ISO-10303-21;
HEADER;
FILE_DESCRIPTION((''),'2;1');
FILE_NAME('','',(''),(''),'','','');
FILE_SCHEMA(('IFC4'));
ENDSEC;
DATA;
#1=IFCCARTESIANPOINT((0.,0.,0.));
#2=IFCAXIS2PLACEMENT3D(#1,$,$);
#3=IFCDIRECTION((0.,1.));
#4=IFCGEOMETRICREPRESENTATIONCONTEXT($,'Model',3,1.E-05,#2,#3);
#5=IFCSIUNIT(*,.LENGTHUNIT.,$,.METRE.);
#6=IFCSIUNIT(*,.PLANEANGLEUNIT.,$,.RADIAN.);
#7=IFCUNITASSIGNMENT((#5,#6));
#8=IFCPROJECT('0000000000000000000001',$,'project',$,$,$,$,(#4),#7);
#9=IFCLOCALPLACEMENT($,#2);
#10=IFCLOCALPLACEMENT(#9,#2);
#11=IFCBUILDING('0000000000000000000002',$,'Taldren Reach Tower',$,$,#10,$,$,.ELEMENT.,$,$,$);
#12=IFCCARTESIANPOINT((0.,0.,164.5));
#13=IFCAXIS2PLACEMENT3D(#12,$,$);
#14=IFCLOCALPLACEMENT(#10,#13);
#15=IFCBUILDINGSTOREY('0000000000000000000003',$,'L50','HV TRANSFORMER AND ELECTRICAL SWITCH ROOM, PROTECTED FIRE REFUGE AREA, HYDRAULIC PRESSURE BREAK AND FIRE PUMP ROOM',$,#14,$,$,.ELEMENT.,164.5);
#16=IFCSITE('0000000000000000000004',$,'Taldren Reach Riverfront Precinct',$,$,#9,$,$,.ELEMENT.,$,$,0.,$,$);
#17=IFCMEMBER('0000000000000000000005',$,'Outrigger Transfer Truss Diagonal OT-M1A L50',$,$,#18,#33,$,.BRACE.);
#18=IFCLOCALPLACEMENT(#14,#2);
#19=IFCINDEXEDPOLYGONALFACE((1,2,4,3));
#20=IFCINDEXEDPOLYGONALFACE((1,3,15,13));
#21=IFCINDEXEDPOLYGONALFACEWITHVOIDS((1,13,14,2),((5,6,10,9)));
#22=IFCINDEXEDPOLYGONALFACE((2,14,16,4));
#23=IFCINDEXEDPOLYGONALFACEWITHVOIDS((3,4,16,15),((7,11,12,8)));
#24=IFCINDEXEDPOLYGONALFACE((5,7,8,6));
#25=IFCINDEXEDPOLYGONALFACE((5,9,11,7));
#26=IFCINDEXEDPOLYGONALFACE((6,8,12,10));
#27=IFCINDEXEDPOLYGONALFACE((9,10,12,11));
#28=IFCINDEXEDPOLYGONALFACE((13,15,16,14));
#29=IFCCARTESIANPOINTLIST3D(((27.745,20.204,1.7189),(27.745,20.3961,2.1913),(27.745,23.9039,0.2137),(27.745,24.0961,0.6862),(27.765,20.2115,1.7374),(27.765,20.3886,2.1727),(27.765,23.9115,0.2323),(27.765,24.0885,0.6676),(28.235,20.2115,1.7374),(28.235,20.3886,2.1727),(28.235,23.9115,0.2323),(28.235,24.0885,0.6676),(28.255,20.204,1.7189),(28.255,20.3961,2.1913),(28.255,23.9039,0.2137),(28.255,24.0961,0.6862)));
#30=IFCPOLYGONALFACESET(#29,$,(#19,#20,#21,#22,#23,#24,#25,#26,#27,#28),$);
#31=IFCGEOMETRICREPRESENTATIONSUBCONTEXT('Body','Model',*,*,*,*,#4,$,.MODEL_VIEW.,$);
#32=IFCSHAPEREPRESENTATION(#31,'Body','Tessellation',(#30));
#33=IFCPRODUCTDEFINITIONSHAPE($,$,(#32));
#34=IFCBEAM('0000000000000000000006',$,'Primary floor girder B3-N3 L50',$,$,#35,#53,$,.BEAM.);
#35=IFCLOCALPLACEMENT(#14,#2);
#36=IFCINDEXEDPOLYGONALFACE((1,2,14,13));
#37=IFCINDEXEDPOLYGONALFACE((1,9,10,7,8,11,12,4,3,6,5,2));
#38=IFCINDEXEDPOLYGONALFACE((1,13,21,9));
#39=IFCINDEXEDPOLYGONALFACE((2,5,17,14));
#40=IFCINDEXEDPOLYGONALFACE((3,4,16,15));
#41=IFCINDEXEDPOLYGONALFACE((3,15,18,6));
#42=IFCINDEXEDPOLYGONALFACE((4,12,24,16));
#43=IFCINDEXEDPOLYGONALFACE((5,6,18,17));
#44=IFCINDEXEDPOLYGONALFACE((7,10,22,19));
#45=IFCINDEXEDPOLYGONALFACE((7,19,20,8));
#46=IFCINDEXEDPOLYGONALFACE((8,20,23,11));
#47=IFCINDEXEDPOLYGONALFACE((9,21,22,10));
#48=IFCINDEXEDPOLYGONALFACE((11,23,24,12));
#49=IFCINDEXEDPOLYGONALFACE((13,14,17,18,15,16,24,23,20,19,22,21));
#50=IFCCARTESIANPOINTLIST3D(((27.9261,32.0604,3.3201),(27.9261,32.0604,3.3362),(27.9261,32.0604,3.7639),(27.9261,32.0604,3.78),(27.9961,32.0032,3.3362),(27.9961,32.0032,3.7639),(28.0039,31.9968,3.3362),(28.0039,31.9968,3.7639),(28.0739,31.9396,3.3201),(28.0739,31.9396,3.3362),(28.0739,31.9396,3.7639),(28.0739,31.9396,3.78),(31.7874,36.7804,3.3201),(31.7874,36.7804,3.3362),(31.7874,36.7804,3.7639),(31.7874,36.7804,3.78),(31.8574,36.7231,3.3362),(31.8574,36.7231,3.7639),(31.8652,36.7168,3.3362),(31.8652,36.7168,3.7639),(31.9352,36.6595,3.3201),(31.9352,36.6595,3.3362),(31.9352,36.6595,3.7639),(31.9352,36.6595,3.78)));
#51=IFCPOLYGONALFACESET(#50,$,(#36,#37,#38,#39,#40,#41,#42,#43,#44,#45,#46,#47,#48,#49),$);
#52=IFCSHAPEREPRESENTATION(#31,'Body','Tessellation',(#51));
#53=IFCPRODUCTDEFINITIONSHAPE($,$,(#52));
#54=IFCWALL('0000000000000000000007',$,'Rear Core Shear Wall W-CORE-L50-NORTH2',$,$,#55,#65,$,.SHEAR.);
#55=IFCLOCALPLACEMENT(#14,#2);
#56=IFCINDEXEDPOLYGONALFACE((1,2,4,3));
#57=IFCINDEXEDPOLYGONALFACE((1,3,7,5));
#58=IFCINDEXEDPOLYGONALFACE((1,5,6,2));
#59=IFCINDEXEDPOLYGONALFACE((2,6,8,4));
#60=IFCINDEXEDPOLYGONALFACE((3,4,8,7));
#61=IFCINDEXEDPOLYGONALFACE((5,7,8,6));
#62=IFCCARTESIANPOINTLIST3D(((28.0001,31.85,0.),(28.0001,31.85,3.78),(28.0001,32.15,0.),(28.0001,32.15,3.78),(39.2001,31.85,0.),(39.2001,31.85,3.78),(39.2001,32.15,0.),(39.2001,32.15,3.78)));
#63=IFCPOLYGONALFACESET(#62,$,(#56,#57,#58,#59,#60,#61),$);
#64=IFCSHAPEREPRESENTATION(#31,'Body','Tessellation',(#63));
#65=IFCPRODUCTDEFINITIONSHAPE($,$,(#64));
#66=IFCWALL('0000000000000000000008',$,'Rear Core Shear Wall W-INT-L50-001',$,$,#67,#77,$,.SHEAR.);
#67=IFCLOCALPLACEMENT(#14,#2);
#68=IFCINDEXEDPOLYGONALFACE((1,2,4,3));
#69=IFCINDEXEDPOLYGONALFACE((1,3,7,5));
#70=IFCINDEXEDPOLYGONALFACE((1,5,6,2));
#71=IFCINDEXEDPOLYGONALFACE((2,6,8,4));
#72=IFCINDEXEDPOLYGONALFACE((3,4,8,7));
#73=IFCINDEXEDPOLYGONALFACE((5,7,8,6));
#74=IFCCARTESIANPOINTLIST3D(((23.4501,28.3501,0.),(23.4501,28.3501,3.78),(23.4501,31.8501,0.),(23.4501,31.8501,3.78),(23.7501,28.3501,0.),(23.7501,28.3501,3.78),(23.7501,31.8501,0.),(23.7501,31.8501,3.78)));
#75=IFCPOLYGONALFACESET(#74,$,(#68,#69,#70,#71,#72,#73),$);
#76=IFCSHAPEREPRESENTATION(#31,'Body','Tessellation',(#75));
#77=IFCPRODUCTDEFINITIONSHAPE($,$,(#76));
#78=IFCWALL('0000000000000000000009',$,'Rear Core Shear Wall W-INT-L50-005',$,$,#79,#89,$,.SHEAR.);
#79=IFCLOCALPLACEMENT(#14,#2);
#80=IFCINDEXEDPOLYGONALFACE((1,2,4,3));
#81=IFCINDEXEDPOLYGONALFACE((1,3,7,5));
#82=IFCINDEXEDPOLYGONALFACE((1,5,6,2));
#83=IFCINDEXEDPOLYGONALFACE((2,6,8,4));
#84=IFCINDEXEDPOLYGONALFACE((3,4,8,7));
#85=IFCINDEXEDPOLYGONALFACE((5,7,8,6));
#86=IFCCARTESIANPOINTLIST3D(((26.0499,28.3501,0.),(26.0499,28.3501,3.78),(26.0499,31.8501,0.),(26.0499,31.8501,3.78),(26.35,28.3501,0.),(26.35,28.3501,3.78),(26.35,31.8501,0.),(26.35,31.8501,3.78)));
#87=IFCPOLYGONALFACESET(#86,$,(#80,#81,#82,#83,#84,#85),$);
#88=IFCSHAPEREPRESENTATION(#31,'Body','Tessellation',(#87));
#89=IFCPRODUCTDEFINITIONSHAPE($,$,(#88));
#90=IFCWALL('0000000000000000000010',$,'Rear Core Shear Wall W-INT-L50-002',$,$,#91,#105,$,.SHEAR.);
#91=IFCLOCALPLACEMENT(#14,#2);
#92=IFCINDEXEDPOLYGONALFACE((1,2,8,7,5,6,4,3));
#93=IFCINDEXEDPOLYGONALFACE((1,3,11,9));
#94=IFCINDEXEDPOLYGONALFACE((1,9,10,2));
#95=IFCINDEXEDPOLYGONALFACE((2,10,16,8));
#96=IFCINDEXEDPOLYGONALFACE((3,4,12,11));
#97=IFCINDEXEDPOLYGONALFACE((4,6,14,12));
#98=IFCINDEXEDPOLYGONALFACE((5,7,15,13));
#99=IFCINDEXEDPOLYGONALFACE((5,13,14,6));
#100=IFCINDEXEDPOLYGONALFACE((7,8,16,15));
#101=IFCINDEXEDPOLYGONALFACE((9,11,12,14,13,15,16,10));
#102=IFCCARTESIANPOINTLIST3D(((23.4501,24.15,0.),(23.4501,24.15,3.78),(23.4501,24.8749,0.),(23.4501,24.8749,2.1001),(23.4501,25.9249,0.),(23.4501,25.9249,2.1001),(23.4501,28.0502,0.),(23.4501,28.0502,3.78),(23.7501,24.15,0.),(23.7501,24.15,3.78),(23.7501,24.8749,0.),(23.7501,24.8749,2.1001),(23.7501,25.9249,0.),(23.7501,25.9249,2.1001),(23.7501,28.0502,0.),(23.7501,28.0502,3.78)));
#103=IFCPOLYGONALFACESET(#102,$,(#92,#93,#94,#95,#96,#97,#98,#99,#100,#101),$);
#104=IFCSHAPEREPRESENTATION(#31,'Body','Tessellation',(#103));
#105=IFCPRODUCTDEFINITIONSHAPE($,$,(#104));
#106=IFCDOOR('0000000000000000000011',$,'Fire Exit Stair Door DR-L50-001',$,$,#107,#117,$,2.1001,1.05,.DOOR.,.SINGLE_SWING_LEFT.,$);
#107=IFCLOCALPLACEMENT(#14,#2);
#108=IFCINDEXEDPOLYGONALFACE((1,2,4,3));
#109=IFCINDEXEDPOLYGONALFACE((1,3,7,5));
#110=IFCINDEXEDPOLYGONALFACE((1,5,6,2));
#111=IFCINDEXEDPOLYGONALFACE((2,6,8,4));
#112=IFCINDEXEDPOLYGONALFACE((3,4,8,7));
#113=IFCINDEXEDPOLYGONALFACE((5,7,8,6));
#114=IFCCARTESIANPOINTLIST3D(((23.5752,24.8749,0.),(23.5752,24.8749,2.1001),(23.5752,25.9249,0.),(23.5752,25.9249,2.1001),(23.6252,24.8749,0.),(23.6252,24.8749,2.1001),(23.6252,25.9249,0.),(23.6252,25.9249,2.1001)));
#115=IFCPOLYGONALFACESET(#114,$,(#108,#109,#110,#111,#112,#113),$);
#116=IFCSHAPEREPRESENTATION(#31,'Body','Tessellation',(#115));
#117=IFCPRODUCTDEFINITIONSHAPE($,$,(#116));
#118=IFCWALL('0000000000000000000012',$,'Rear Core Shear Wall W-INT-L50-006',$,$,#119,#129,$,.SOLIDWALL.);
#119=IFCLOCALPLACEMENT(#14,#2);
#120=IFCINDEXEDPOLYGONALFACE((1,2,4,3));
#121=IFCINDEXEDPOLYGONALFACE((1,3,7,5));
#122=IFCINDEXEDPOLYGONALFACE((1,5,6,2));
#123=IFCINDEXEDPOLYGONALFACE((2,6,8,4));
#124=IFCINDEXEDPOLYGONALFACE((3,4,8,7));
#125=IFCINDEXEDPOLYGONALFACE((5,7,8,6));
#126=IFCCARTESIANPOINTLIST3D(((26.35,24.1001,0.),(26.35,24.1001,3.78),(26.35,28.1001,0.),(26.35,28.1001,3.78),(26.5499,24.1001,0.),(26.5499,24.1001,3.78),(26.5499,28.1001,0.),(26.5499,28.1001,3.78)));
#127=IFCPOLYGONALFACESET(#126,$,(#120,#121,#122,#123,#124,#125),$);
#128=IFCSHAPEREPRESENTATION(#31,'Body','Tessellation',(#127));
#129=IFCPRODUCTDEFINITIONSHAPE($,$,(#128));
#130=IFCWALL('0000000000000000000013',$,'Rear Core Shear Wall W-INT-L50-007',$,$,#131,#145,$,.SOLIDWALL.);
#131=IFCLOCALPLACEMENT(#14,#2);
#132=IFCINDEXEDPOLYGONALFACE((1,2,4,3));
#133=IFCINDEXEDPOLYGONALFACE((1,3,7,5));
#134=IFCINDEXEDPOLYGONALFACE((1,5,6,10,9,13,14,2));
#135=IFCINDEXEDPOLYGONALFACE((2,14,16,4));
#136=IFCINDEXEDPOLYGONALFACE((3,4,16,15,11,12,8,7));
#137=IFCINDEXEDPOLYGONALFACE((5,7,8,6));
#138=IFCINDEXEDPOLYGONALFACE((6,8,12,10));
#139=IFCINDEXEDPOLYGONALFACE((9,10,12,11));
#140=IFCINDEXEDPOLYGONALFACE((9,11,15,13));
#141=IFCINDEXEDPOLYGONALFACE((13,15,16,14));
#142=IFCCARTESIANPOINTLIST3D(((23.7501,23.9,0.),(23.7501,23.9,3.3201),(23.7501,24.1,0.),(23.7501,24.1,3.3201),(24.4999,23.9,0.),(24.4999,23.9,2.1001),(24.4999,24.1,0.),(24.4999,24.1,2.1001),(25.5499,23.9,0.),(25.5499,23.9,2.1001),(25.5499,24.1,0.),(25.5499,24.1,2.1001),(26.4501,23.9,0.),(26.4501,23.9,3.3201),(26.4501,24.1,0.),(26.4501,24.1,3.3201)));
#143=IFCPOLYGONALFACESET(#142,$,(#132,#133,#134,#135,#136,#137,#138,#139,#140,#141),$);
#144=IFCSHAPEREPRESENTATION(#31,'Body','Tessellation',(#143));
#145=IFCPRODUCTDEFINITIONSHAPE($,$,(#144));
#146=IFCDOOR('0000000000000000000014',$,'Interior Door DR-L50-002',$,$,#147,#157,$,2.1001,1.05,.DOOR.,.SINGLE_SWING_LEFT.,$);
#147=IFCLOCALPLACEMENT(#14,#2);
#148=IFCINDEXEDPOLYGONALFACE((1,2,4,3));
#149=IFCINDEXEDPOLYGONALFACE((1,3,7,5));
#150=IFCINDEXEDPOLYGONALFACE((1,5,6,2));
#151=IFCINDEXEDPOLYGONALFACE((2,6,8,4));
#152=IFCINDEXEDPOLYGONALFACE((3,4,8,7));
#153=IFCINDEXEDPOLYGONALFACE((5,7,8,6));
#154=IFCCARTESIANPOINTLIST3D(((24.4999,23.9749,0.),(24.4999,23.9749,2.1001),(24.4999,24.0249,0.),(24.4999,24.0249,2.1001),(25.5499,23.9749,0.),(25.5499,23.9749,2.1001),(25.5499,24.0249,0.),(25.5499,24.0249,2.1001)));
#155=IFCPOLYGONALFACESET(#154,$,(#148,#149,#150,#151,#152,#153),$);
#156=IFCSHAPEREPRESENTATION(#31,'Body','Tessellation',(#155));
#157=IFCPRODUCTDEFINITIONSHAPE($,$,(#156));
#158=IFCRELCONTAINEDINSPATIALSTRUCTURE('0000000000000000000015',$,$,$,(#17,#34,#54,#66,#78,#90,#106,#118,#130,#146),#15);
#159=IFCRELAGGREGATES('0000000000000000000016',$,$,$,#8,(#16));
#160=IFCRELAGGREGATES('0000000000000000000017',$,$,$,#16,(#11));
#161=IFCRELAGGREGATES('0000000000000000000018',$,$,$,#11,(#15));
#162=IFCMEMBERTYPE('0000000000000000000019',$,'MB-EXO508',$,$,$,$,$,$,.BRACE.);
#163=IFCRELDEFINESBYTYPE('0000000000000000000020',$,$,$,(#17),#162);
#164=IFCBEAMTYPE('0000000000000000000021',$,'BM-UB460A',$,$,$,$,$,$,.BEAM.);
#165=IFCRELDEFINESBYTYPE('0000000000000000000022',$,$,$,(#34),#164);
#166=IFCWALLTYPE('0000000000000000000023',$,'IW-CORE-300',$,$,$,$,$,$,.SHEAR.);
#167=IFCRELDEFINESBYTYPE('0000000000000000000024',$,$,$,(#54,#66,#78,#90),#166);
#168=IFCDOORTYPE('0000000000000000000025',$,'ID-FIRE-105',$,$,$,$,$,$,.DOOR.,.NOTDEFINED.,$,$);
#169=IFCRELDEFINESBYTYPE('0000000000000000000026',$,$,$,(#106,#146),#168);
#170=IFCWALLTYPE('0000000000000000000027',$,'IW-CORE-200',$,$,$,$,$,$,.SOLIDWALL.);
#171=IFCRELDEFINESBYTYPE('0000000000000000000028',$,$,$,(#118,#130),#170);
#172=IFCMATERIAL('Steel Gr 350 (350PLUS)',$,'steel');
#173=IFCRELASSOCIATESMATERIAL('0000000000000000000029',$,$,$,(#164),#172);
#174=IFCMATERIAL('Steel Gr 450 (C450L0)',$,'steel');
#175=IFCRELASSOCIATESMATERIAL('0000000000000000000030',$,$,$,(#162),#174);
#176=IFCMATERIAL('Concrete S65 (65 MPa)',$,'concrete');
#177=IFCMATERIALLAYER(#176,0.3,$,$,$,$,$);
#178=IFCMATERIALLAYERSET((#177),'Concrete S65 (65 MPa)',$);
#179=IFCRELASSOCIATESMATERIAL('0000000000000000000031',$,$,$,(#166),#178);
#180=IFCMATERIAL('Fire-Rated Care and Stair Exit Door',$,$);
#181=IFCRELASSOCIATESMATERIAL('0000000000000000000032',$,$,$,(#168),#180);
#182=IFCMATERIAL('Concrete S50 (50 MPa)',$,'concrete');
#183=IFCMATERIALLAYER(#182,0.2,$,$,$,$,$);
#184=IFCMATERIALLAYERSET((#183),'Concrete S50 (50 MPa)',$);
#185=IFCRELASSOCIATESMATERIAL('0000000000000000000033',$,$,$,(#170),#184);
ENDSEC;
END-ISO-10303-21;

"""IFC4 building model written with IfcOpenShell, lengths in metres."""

from ifc_helpers import new_model, si_unit, direction, frame, frame_2d, origin, origin_2d, place, context, subcontext, project, spatial, rectangle, hollow_rectangle, i_section, extrude, source, transform, mapped, material, layer, layer_set, material_profile, profile_set, type_object, element, fill, save


model = new_model("IFC4")

# Units and contexts
model_context = context("Model", 3, precision=1e-05, world=origin(), true_north=direction((0.0, 1.0)))
body_context = subcontext(model_context, "Body", "Model", "MODEL_VIEW")
ifc_project = project(units=[si_unit("LENGTHUNIT", "METRE"), si_unit("PLANEANGLEUNIT", "RADIAN")], contexts=[model_context])

# Site, building, storey
site_placement = place(None, origin())
site = spatial("IfcSite", under=ifc_project, at=site_placement, Name="Taldren Reach Riverfront Precinct", CompositionType="ELEMENT", RefElevation=0.0)
building_placement = place(site_placement, origin())
building = spatial("IfcBuilding", under=site, at=building_placement, Name="Taldren Reach Tower", CompositionType="ELEMENT")
storey_placement = place(building_placement, frame((0.0, 0.0, 164.5)))
storey = spatial("IfcBuildingStorey", under=building, at=storey_placement, Name="L50", Description="HV TRANSFORMER AND ELECTRICAL SWITCH ROOM, PROTECTED FIRE REFUGE AREA, HYDRAULIC PRESSURE BREAK AND FIRE PUMP ROOM", CompositionType="ELEMENT", Elevation=164.5)

# Shared definitions
ifc_material_1 = material(Name="Steel Gr 450 (C450L0)", Category="steel")

# Shared definitions
ifc_material_2 = material(Name="Steel Gr 350 (350PLUS)", Category="steel")
ifc_material_profile_1 = material_profile(ifc_material_2, i_section(OverallWidth=0.1909, OverallDepth=0.46, WebThickness=0.01, FlangeThickness=0.0161, at=origin_2d()), Name="460UB82.1")
ifc_profile_set_1 = profile_set([ifc_material_profile_1], Name="Steel Gr 350 (350PLUS)")
beam_type_1 = type_object("IfcBeamType", Name="BM-UB460A", PredefinedType="BEAM", material=ifc_profile_set_1)

# Member
ifc_material_profile_2 = material_profile(ifc_material_1, hollow_rectangle(XDim=0.51, YDim=0.51, WallThickness=0.02, at=origin_2d()), Name="510x510x20.0SHS")
ifc_profile_set_2 = profile_set([ifc_material_profile_2], Name="Steel Gr 450 (C450L0)")
member_type_1 = type_object("IfcMemberType", Name="MB-EXO508", PredefinedType="BRACE", material=ifc_profile_set_2)
shared_shape_1 = source(origin(), body_context, "Body", "SweptSolid", [
    extrude(hollow_rectangle(XDim=0.51, YDim=0.51, WallThickness=0.02, at=origin_2d()), origin(), (0.0, 0.0, 1.0), 3.9944),
])
member_1_placement = place(storey_placement, frame((28.0, 24.0, 0.45), z_axis=(0.0, -0.92629, 0.376811), x_axis=(1.0, 0.0, 0.0)))
element("IfcMember", 1, at=member_1_placement, inside=storey, type_object=member_type_1, Name="Outrigger Transfer Truss Diagonal OT-M1A L50", PredefinedType="BRACE", context=body_context, shape_type="MappedRepresentation", body=[
    mapped(shared_shape_1, transform((0.0, 0.0, 0.0), scale=1.0)),
])

# Beam
shared_shape_2 = source(origin(), body_context, "Body", "SweptSolid", [
    extrude(i_section(OverallWidth=0.1909, OverallDepth=0.46, WebThickness=0.01, FlangeThickness=0.0161, at=origin_2d()), origin(), (0.0, 0.0, 1.0), 6.0981),
])
beam_1_placement = place(storey_placement, frame((28.0, 32.0, 3.55), z_axis=(0.633192, 0.773995, 0.0), x_axis=(-0.773995, 0.633192, 0.0)))
element("IfcBeam", 2, at=beam_1_placement, inside=storey, type_object=beam_type_1, Name="Primary floor girder B3-N3 L50", PredefinedType="BEAM", context=body_context, shape_type="MappedRepresentation", body=[
    mapped(shared_shape_2, transform((0.0, 0.0, 0.0), scale=1.0)),
])

# Walls
ifc_material_3 = material(Name="Concrete S65 (65 MPa)", Category="concrete")
ifc_layer_1 = layer(ifc_material_3, 0.3)
ifc_layer_set_1 = layer_set([ifc_layer_1], Name="Concrete S65 (65 MPa)")
wall_type_1 = type_object("IfcWallType", Name="IW-CORE-300", PredefinedType="SHEAR", material=ifc_layer_set_1)
shared_shape_3 = source(origin(), body_context, "Body", "SweptSolid", [
    extrude(rectangle(XDim=11.2, YDim=0.3, at=frame_2d((5.6001, 0.0))), origin(), (0.0, 0.0, 1.0), 3.78),
])
wall_1_placement = place(storey_placement, frame((28.0, 32.0, 0.0), z_axis=(0.0, 0.0, 1.0), x_axis=(1.0, 0.0, 0.0)))
element("IfcWall", 3, at=wall_1_placement, inside=storey, type_object=wall_type_1, Name="Rear Core Shear Wall W-CORE-L50-NORTH2", PredefinedType="SHEAR", context=body_context, shape_type="MappedRepresentation", body=[
    mapped(shared_shape_3, transform((0.0, 0.0, 0.0), scale=1.0)),
])
shared_shape_4 = source(origin(), body_context, "Body", "SweptSolid", [
    extrude(rectangle(XDim=3.5, YDim=0.3, at=frame_2d((1.75, 0.0))), origin(), (0.0, 0.0, 1.0), 3.78),
])
for number, where, z_axis, x_axis, name in (
    (4, (23.6001, 28.3501, 0.0), (0.0, 0.0, 1.0), (0.0, 1.0, 0.0), "Rear Core Shear Wall W-INT-L50-001"),
    (5, (26.2, 28.3501, 0.0), (0.0, 0.0, 1.0), (0.0, 1.0, 0.0), "Rear Core Shear Wall W-INT-L50-005"),
):
    element("IfcWall", number, at=place(storey_placement, frame(where, z_axis=z_axis, x_axis=x_axis)), inside=storey, type_object=wall_type_1, Name=name, PredefinedType="SHEAR", context=body_context, shape_type="MappedRepresentation", body=[
        mapped(shared_shape_4, transform((0.0, 0.0, 0.0), scale=1.0)),
    ])

# Wall, opening, door
shared_shape_5 = source(origin(), body_context, "Body", "SweptSolid", [
    extrude(rectangle(XDim=3.9001, YDim=0.3, at=frame_2d((1.9502, 0.0))), origin(), (0.0, 0.0, 1.0), 3.78),
])
wall_2_placement = place(storey_placement, frame((23.6001, 24.1499, 0.0), z_axis=(0.0, 0.0, 1.0), x_axis=(0.0, 1.0, 0.0)))
wall_2 = element("IfcWall", 6, at=wall_2_placement, inside=storey, type_object=wall_type_1, Name="Rear Core Shear Wall W-INT-L50-002", PredefinedType="SHEAR", context=body_context, shape_type="MappedRepresentation", body=[
    mapped(shared_shape_5, transform((0.0, 0.0, 0.0), scale=1.0)),
])
shared_shape_6 = source(origin(), body_context, "Body", "SweptSolid", [
    extrude(rectangle(XDim=1.05, YDim=2.1001, at=frame_2d((0.5249, 1.05))), frame((0.0, 0.1602, 0.0), z_axis=(0.0, -1.0, 0.0), x_axis=(1.0, 0.0, 0.0)), (0.0, 0.0, 1.0), 0.3201),
])
opening_1_placement = place(wall_2_placement, frame((0.7251, 0.0, 0.0)))
opening_1 = element("IfcOpeningElement", 7, at=opening_1_placement, cuts=wall_2, PredefinedType="OPENING", context=body_context, shape_type="MappedRepresentation", body=[
    mapped(shared_shape_6, transform((0.0, 0.0, 0.0), scale=1.0)),
])
ifc_material_4 = material(Name="Fire-Rated Care and Stair Exit Door")
door_type_1 = type_object("IfcDoorType", Name="ID-FIRE-105", OperationType="NOTDEFINED", PredefinedType="DOOR", material=ifc_material_4)
shared_shape_7 = source(origin(), body_context, "Body", "SweptSolid", [
    extrude(rectangle(XDim=1.05, YDim=2.1001, at=frame_2d((0.5249, 1.05))), frame((0.0, 0.0249, 0.0), z_axis=(0.0, -1.0, 0.0), x_axis=(1.0, 0.0, 0.0)), (0.0, 0.0, 1.0), 0.05),
])
door_1_placement = place(opening_1_placement, origin())
door_1 = element("IfcDoor", 8, at=door_1_placement, inside=storey, type_object=door_type_1, Name="Fire Exit Stair Door DR-L50-001", OperationType="SINGLE_SWING_LEFT", OverallHeight=2.1001, OverallWidth=1.05, PredefinedType="DOOR", context=body_context, shape_type="MappedRepresentation", body=[
    mapped(shared_shape_7, transform((0.0, 0.0, 0.0), scale=1.0)),
])
fill(opening_1, door_1)

# Wall
ifc_material_5 = material(Name="Concrete S50 (50 MPa)", Category="concrete")
ifc_layer_2 = layer(ifc_material_5, 0.2)
ifc_layer_set_2 = layer_set([ifc_layer_2], Name="Concrete S50 (50 MPa)")
wall_type_2 = type_object("IfcWallType", Name="IW-CORE-200", PredefinedType="SOLIDWALL", material=ifc_layer_set_2)
shared_shape_8 = source(origin(), body_context, "Body", "SweptSolid", [
    extrude(rectangle(XDim=4.0, YDim=0.2, at=frame_2d((2.0, 0.0))), origin(), (0.0, 0.0, 1.0), 3.78),
])
wall_3_placement = place(storey_placement, frame((26.45, 24.1001, 0.0), z_axis=(0.0, 0.0, 1.0), x_axis=(0.0, 1.0, 0.0)))
element("IfcWall", 9, at=wall_3_placement, inside=storey, type_object=wall_type_2, Name="Rear Core Shear Wall W-INT-L50-006", PredefinedType="SOLIDWALL", context=body_context, shape_type="MappedRepresentation", body=[
    mapped(shared_shape_8, transform((0.0, 0.0, 0.0), scale=1.0)),
])

# Wall, opening, door
shared_shape_9 = source(origin(), body_context, "Body", "SweptSolid", [
    extrude(rectangle(XDim=2.7, YDim=0.2, at=frame_2d((1.3501, 0.0))), origin(), (0.0, 0.0, 1.0), 3.3201),
])
wall_4_placement = place(storey_placement, frame((23.75, 24.0, 0.0), z_axis=(0.0, 0.0, 1.0), x_axis=(1.0, 0.0, 0.0)))
wall_4 = element("IfcWall", 10, at=wall_4_placement, inside=storey, type_object=wall_type_2, Name="Rear Core Shear Wall W-INT-L50-007", PredefinedType="SOLIDWALL", context=body_context, shape_type="MappedRepresentation", body=[
    mapped(shared_shape_9, transform((0.0, 0.0, 0.0), scale=1.0)),
])
shared_shape_10 = source(origin(), body_context, "Body", "SweptSolid", [
    extrude(rectangle(XDim=1.05, YDim=2.1001, at=frame_2d((0.5249, 1.05))), frame((0.0, 0.1099, 0.0), z_axis=(0.0, -1.0, 0.0), x_axis=(1.0, 0.0, 0.0)), (0.0, 0.0, 1.0), 0.22),
])
opening_2_placement = place(wall_4_placement, frame((0.75, 0.0, 0.0)))
opening_2 = element("IfcOpeningElement", 11, at=opening_2_placement, cuts=wall_4, PredefinedType="OPENING", context=body_context, shape_type="MappedRepresentation", body=[
    mapped(shared_shape_10, transform((0.0, 0.0, 0.0), scale=1.0)),
])
door_2_placement = place(opening_2_placement, origin())
door_2 = element("IfcDoor", 12, at=door_2_placement, inside=storey, type_object=door_type_1, Name="Interior Door DR-L50-002", OperationType="SINGLE_SWING_LEFT", OverallHeight=2.1001, OverallWidth=1.05, PredefinedType="DOOR", context=body_context, shape_type="MappedRepresentation", body=[
    mapped(shared_shape_7, transform((0.0, 0.0, 0.0), scale=1.0)),
])
fill(opening_2, door_2)

save(model, "model.ifc")
